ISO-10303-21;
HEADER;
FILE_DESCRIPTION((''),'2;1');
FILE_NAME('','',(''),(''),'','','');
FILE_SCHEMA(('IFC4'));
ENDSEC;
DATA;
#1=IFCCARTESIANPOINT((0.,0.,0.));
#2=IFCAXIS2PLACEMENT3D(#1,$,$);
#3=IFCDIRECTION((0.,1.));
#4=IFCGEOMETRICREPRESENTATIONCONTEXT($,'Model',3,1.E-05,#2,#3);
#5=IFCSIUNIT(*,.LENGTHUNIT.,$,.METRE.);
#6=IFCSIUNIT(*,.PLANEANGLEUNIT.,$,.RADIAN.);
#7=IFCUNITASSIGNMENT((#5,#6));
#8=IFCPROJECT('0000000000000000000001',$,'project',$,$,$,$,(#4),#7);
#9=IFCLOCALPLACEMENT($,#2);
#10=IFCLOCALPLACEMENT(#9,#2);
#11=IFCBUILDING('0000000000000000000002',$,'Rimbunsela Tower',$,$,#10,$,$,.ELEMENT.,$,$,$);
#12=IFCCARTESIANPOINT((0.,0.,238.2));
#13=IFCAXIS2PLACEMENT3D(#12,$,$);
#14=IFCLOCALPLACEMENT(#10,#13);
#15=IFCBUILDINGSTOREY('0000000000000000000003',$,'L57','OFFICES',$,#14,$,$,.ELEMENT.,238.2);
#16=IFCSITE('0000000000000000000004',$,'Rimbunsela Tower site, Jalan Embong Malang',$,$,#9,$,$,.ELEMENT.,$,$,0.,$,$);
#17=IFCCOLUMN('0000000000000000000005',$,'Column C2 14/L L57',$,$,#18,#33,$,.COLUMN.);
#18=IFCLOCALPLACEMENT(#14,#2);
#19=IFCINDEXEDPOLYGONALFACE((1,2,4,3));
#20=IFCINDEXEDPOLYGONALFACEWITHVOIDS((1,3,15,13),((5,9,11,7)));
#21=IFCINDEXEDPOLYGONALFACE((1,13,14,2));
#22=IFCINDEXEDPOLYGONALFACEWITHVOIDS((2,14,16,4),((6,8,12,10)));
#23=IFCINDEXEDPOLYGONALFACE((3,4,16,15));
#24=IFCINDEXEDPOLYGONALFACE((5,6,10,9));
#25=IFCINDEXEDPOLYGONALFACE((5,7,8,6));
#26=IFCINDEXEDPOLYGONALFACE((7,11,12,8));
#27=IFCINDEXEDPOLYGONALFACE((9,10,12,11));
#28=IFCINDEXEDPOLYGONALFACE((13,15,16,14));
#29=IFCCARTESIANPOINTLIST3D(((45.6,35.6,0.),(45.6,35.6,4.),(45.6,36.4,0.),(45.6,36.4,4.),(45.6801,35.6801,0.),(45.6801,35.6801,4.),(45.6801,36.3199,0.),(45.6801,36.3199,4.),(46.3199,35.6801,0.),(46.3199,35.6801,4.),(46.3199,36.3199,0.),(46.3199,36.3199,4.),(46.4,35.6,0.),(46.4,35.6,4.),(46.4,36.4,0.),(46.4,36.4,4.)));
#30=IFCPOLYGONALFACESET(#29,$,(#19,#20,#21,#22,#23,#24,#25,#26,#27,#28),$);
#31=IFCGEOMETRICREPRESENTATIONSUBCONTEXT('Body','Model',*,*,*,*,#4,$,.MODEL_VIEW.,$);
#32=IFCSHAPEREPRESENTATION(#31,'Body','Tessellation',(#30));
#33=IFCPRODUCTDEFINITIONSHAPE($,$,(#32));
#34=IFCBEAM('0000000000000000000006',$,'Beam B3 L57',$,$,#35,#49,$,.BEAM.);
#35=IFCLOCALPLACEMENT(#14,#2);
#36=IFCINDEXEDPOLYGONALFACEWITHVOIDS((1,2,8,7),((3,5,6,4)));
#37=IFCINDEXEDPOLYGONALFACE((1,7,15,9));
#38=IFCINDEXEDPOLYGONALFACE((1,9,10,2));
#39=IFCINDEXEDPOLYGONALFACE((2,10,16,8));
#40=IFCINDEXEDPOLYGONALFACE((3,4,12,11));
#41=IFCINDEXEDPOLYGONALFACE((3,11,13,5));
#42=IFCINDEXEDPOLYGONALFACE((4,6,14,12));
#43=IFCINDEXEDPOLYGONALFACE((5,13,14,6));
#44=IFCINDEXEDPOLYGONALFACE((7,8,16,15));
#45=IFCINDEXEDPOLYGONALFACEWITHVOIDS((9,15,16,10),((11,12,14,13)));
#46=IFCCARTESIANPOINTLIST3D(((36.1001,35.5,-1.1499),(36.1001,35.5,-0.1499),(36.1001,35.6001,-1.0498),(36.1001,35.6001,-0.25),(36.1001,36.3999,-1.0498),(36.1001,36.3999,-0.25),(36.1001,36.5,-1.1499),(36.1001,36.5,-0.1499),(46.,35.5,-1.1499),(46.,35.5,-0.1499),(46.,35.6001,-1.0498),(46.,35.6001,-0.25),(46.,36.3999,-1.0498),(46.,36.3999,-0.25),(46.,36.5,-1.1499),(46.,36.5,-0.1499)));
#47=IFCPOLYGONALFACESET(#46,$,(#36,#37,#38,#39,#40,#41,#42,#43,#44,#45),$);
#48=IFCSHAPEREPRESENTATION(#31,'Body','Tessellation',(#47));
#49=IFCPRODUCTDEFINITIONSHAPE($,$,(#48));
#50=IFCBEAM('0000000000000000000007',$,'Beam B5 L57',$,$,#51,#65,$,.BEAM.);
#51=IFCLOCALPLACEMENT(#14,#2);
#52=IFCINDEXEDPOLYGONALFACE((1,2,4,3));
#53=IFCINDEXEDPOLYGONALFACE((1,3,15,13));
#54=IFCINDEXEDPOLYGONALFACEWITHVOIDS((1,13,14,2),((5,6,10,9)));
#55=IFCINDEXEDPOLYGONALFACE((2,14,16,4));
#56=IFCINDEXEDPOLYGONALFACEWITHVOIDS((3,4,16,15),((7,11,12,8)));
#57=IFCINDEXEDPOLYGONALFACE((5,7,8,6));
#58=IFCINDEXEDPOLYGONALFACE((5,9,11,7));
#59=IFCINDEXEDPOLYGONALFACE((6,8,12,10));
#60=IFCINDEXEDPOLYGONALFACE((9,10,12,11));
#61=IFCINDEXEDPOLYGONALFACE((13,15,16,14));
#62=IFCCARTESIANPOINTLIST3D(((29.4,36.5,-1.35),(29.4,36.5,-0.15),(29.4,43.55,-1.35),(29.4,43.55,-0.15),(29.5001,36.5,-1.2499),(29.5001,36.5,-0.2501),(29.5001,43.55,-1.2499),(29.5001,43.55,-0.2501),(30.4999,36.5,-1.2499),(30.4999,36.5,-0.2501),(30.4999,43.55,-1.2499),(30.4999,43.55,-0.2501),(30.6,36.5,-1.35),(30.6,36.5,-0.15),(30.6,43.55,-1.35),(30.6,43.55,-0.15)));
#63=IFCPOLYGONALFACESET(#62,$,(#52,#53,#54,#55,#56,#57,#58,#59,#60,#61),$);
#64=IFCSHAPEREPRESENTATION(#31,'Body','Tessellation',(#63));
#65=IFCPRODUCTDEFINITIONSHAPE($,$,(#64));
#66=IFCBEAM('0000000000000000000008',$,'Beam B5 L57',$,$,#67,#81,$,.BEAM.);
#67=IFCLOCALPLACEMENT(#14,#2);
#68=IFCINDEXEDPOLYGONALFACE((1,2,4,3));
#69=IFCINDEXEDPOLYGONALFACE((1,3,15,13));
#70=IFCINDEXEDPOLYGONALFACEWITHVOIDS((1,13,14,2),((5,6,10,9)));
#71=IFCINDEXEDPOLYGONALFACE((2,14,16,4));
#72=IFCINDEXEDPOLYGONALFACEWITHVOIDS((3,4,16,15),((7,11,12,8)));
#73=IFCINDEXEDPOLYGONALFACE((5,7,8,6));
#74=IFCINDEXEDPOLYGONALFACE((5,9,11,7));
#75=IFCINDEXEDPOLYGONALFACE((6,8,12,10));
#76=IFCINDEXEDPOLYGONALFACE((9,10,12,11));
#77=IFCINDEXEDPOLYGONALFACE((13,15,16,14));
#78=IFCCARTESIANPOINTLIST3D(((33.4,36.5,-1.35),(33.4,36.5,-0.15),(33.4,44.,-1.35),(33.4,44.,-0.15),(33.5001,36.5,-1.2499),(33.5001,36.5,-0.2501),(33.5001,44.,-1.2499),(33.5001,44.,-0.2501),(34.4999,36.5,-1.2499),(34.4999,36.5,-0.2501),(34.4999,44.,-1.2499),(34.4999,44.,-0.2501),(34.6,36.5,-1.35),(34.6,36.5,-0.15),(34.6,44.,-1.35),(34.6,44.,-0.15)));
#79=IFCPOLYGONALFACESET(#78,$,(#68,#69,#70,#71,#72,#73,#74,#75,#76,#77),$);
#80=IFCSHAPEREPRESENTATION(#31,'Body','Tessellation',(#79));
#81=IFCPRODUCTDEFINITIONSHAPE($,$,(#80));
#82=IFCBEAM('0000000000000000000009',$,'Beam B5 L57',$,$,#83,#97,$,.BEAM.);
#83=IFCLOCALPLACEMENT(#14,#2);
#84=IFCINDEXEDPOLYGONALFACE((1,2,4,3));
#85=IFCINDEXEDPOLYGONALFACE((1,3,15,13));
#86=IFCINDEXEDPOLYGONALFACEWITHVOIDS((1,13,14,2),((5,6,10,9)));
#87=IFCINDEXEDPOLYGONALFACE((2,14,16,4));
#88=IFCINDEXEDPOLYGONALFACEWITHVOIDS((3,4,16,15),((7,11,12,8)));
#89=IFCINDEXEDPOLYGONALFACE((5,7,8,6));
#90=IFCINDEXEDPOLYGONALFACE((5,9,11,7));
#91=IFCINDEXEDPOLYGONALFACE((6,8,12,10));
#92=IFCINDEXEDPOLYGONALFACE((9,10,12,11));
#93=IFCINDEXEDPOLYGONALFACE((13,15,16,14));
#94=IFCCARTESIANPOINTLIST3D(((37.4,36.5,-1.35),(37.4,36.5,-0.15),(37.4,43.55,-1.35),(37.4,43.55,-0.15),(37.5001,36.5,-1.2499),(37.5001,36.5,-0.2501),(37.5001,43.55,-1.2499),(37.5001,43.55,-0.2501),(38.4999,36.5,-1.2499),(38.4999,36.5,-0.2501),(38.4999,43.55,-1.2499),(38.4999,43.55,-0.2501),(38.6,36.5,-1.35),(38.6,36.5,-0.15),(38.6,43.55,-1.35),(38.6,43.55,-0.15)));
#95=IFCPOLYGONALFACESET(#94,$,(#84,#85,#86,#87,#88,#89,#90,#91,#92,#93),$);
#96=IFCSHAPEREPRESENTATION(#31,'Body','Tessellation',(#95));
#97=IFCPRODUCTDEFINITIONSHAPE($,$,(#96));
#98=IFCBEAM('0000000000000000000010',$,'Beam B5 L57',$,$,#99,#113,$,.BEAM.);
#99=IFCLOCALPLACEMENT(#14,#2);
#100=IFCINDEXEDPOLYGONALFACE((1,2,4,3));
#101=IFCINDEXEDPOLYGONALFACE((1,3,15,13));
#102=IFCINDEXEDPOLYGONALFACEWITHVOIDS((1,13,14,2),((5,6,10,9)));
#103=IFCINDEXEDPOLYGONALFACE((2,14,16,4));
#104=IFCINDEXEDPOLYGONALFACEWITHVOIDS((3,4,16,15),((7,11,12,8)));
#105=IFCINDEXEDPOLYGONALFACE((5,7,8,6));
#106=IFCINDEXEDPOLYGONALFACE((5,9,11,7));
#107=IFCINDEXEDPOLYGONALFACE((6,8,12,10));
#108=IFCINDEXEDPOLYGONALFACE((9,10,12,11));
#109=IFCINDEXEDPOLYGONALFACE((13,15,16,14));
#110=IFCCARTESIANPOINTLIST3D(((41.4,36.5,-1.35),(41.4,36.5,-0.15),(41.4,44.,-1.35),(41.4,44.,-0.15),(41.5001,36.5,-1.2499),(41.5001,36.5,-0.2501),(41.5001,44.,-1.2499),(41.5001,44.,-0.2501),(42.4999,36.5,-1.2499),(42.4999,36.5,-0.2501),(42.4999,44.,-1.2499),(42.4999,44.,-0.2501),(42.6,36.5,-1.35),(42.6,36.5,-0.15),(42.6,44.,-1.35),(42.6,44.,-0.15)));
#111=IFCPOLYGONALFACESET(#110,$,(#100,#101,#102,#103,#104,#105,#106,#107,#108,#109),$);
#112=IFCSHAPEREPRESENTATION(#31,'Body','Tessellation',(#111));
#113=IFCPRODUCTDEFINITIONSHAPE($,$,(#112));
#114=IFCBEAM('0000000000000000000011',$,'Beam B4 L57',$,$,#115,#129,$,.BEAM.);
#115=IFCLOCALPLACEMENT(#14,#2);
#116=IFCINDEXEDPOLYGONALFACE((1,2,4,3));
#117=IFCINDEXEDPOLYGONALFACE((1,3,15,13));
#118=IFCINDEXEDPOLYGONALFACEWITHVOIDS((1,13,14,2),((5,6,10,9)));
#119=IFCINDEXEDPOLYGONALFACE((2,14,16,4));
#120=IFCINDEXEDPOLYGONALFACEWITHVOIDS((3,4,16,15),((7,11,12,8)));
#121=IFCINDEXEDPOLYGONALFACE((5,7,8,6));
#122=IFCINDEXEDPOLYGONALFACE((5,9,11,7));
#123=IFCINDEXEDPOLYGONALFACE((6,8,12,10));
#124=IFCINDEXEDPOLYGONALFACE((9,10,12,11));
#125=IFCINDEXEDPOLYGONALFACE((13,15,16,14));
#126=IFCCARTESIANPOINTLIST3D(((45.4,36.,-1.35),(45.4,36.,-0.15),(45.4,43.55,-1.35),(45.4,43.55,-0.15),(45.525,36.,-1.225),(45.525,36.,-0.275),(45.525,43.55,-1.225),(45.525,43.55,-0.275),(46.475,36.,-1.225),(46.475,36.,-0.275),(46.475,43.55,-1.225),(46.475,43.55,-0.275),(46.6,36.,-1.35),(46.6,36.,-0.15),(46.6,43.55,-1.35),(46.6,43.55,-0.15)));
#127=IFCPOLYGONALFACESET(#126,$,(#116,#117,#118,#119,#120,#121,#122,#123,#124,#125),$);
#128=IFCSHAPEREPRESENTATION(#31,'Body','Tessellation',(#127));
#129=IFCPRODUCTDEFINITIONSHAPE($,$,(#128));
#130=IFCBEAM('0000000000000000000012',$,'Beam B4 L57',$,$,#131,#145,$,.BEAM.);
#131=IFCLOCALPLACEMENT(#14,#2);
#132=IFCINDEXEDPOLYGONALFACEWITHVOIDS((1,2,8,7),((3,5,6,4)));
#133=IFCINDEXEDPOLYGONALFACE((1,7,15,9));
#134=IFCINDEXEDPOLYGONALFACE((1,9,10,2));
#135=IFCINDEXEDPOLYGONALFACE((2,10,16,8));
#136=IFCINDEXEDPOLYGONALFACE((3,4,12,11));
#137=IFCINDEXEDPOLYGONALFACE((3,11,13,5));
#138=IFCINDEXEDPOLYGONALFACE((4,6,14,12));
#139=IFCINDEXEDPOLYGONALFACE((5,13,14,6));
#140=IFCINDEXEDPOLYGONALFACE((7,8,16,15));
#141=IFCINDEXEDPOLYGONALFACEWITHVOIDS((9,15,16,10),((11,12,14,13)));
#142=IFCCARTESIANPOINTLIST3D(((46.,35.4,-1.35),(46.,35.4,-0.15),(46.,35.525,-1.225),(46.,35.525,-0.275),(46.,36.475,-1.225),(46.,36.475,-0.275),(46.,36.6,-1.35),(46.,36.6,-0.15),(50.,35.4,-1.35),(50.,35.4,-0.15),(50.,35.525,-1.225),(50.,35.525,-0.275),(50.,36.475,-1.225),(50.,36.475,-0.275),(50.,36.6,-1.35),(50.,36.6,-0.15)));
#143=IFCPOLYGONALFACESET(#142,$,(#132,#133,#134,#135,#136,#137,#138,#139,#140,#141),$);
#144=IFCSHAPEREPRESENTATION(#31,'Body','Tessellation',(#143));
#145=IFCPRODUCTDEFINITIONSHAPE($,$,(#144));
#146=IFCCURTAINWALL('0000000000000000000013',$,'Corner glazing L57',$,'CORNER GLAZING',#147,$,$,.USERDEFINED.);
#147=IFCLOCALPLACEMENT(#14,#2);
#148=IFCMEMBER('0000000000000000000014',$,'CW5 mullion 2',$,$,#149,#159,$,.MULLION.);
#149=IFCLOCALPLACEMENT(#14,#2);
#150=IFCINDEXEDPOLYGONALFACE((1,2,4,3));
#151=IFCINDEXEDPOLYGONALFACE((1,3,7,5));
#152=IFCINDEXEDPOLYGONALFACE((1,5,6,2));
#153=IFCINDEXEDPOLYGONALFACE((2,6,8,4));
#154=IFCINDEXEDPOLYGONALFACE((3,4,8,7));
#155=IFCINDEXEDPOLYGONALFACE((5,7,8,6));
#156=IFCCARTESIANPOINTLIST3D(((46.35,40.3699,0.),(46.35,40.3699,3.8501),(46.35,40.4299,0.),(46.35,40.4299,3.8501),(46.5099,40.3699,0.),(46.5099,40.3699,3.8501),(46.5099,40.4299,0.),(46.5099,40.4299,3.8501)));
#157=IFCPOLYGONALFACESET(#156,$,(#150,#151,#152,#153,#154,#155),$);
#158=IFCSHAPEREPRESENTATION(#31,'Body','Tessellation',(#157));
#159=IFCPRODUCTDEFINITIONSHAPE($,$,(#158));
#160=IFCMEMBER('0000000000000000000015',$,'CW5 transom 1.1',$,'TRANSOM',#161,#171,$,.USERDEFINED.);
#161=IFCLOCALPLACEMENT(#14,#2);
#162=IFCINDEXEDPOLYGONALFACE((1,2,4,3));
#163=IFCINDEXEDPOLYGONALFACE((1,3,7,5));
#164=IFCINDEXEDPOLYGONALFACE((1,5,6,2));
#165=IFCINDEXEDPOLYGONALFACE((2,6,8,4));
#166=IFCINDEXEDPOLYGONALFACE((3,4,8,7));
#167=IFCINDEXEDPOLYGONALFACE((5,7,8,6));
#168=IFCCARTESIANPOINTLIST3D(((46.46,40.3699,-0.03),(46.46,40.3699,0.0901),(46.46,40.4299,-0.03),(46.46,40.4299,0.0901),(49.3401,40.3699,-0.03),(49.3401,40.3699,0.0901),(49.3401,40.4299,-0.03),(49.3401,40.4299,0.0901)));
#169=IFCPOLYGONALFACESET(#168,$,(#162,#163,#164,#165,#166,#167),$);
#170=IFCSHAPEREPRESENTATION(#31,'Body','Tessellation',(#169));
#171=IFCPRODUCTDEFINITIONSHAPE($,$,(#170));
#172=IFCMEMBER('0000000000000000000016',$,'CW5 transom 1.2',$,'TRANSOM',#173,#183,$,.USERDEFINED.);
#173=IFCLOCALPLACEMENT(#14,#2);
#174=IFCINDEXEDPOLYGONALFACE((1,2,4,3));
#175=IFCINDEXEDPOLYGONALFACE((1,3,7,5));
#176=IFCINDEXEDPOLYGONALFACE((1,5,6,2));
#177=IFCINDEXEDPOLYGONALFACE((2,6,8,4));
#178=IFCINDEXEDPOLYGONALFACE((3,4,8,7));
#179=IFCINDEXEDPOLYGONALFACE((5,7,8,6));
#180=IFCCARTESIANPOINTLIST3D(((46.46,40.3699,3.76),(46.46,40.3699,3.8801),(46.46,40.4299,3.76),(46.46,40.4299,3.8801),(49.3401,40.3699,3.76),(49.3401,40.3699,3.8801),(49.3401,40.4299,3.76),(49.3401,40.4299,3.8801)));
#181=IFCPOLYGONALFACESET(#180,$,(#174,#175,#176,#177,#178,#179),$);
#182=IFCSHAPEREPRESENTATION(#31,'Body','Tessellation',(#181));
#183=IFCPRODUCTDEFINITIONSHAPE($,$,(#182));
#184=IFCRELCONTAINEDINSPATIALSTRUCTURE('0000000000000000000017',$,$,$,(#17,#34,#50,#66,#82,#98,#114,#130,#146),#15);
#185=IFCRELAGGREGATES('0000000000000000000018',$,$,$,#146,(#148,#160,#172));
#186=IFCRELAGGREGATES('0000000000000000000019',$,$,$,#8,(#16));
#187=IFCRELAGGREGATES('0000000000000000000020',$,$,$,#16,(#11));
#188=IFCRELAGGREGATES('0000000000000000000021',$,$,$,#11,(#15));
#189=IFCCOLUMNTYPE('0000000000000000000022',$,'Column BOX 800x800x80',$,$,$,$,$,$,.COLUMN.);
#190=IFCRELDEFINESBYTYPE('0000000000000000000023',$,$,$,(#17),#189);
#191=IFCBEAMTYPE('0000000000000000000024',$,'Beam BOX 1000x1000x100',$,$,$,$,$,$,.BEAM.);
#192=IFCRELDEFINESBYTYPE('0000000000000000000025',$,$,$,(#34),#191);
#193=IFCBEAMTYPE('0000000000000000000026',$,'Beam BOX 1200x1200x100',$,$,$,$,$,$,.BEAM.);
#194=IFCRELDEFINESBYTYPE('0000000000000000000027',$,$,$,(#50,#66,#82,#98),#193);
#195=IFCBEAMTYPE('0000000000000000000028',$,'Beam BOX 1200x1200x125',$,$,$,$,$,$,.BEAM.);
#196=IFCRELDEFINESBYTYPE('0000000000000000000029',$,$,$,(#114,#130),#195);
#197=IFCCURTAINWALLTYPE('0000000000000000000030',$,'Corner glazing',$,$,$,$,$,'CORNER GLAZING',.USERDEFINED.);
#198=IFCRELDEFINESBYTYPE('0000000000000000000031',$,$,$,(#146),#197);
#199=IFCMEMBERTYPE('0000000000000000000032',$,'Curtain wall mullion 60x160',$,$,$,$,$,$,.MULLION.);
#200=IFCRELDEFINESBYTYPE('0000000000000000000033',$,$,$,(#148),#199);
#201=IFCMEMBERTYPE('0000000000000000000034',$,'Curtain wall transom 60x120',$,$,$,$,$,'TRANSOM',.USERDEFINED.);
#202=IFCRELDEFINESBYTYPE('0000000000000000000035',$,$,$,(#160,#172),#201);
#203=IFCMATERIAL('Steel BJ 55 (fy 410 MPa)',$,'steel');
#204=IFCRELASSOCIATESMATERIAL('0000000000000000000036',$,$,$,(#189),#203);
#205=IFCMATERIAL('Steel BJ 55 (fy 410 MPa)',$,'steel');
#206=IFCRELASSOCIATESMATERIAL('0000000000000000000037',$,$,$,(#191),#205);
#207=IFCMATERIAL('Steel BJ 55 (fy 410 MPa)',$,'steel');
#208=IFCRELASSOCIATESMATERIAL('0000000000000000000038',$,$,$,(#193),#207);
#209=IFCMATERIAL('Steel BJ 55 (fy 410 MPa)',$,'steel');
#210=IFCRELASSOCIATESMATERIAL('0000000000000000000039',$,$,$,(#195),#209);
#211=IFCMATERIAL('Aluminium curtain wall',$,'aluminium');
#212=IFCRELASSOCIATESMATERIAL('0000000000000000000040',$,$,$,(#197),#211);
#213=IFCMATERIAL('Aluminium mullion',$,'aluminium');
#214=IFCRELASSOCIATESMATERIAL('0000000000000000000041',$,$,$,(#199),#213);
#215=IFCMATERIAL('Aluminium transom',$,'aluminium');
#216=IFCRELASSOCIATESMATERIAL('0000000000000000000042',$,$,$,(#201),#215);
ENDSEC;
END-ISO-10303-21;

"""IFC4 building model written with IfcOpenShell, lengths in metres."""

from ifc_helpers import new_model, si_unit, direction, frame, origin, origin_2d, place, context, subcontext, project, spatial, rectangle, hollow_rectangle, extrude, material, material_profile, profile_set, type_object, element, aggregate, save


model = new_model("IFC4")

# Units and contexts
model_context = context("Model", 3, precision=1e-05, world=origin(), true_north=direction((0.0, 1.0)))
body_context = subcontext(model_context, "Body", "Model", "MODEL_VIEW")
ifc_project = project(units=[si_unit("LENGTHUNIT", "METRE"), si_unit("PLANEANGLEUNIT", "RADIAN")], contexts=[model_context])

# Site, building, storey
site_placement = place(None, origin())
site = spatial("IfcSite", under=ifc_project, at=site_placement, Name="Rimbunsela Tower site, Jalan Embong Malang", CompositionType="ELEMENT", RefElevation=0.0)
building_placement = place(site_placement, origin())
building = spatial("IfcBuilding", under=site, at=building_placement, Name="Rimbunsela Tower", CompositionType="ELEMENT")
storey_placement = place(building_placement, frame((0.0, 0.0, 238.2)))
storey = spatial("IfcBuildingStorey", under=building, at=storey_placement, Name="L57", Description="OFFICES", CompositionType="ELEMENT", Elevation=238.2)

# Column
ifc_material_1 = material(Name="Steel BJ 55 (fy 410 MPa)", Category="steel")
ifc_material_profile_1 = material_profile(ifc_material_1, hollow_rectangle(XDim=0.8, YDim=0.8, WallThickness=0.0801, at=origin_2d()), Name="BOX 800x800x80")
ifc_profile_set_1 = profile_set([ifc_material_profile_1], Name="Steel BJ 55 (fy 410 MPa)")
column_type = type_object("IfcColumnType", Name="Column BOX 800x800x80", PredefinedType="COLUMN", material=ifc_profile_set_1)
column_placement = place(storey_placement, frame((46.0, 36.0, 0.0), z_axis=(0.0, 0.0, 1.0), x_axis=(1.0, 0.0, 0.0)))
element("IfcColumn", 1, at=column_placement, inside=storey, type_object=column_type, Name="Column C2 14/L L57", PredefinedType="COLUMN", context=body_context, shape_type="SweptSolid", body=[
    extrude(hollow_rectangle(XDim=0.8, YDim=0.8, WallThickness=0.0801, at=origin_2d()), origin(), (0.0, 0.0, 1.0), 4.0),
])

# Beams
ifc_material_2 = material(Name="Steel BJ 55 (fy 410 MPa)", Category="steel")
ifc_material_profile_2 = material_profile(ifc_material_2, hollow_rectangle(XDim=1.0, YDim=1.0, WallThickness=0.1001, at=origin_2d()), Name="BOX 1000x1000x100")
ifc_profile_set_2 = profile_set([ifc_material_profile_2], Name="Steel BJ 55 (fy 410 MPa)")
beam_type_1 = type_object("IfcBeamType", Name="Beam BOX 1000x1000x100", PredefinedType="BEAM", material=ifc_profile_set_2)
beam_1_placement = place(storey_placement, frame((36.1001, 36.0, -0.6499), z_axis=(1.0, 0.0, 0.0), x_axis=(0.0, 1.0, 0.0)))
element("IfcBeam", 2, at=beam_1_placement, inside=storey, type_object=beam_type_1, Name="Beam B3 L57", PredefinedType="BEAM", context=body_context, shape_type="SweptSolid", body=[
    extrude(hollow_rectangle(XDim=1.0, YDim=1.0, WallThickness=0.1001, at=origin_2d()), origin(), (0.0, 0.0, 1.0), 9.8999),
])
ifc_material_3 = material(Name="Steel BJ 55 (fy 410 MPa)", Category="steel")
ifc_material_profile_3 = material_profile(ifc_material_3, hollow_rectangle(XDim=1.2, YDim=1.2, WallThickness=0.1001, at=origin_2d()), Name="BOX 1200x1200x100")
ifc_profile_set_3 = profile_set([ifc_material_profile_3], Name="Steel BJ 55 (fy 410 MPa)")
beam_type_2 = type_object("IfcBeamType", Name="Beam BOX 1200x1200x100", PredefinedType="BEAM", material=ifc_profile_set_3)
beam_2_placement = place(storey_placement, frame((30.0, 36.5, -0.75), z_axis=(0.0, 1.0, 0.0), x_axis=(-1.0, 0.0, 0.0)))
element("IfcBeam", 3, at=beam_2_placement, inside=storey, type_object=beam_type_2, Name="Beam B5 L57", PredefinedType="BEAM", context=body_context, shape_type="SweptSolid", body=[
    extrude(hollow_rectangle(XDim=1.2, YDim=1.2, WallThickness=0.1001, at=origin_2d()), origin(), (0.0, 0.0, 1.0), 7.05),
])
beam_3_placement = place(storey_placement, frame((34.0, 36.5, -0.75), z_axis=(0.0, 1.0, 0.0), x_axis=(-1.0, 0.0, 0.0)))
element("IfcBeam", 4, at=beam_3_placement, inside=storey, type_object=beam_type_2, Name="Beam B5 L57", PredefinedType="BEAM", context=body_context, shape_type="SweptSolid", body=[
    extrude(hollow_rectangle(XDim=1.2, YDim=1.2, WallThickness=0.1001, at=origin_2d()), origin(), (0.0, 0.0, 1.0), 7.5),
])
beam_4_placement = place(storey_placement, frame((38.0, 36.5, -0.75), z_axis=(0.0, 1.0, 0.0), x_axis=(-1.0, 0.0, 0.0)))
element("IfcBeam", 5, at=beam_4_placement, inside=storey, type_object=beam_type_2, Name="Beam B5 L57", PredefinedType="BEAM", context=body_context, shape_type="SweptSolid", body=[
    extrude(hollow_rectangle(XDim=1.2, YDim=1.2, WallThickness=0.1001, at=origin_2d()), origin(), (0.0, 0.0, 1.0), 7.05),
])
beam_5_placement = place(storey_placement, frame((42.0, 36.5, -0.75), z_axis=(0.0, 1.0, 0.0), x_axis=(-1.0, 0.0, 0.0)))
element("IfcBeam", 6, at=beam_5_placement, inside=storey, type_object=beam_type_2, Name="Beam B5 L57", PredefinedType="BEAM", context=body_context, shape_type="SweptSolid", body=[
    extrude(hollow_rectangle(XDim=1.2, YDim=1.2, WallThickness=0.1001, at=origin_2d()), origin(), (0.0, 0.0, 1.0), 7.5),
])
ifc_material_4 = material(Name="Steel BJ 55 (fy 410 MPa)", Category="steel")
ifc_material_profile_4 = material_profile(ifc_material_4, hollow_rectangle(XDim=1.2, YDim=1.2, WallThickness=0.125, at=origin_2d()), Name="BOX 1200x1200x125")
ifc_profile_set_4 = profile_set([ifc_material_profile_4], Name="Steel BJ 55 (fy 410 MPa)")
beam_type_3 = type_object("IfcBeamType", Name="Beam BOX 1200x1200x125", PredefinedType="BEAM", material=ifc_profile_set_4)
beam_6_placement = place(storey_placement, frame((46.0, 36.0, -0.75), z_axis=(0.0, 1.0, 0.0), x_axis=(-1.0, 0.0, 0.0)))
element("IfcBeam", 7, at=beam_6_placement, inside=storey, type_object=beam_type_3, Name="Beam B4 L57", PredefinedType="BEAM", context=body_context, shape_type="SweptSolid", body=[
    extrude(hollow_rectangle(XDim=1.2, YDim=1.2, WallThickness=0.125, at=origin_2d()), origin(), (0.0, 0.0, 1.0), 7.55),
])
beam_7_placement = place(storey_placement, frame((46.0, 36.0, -0.75), z_axis=(1.0, 0.0, 0.0), x_axis=(0.0, 1.0, 0.0)))
element("IfcBeam", 8, at=beam_7_placement, inside=storey, type_object=beam_type_3, Name="Beam B4 L57", PredefinedType="BEAM", context=body_context, shape_type="SweptSolid", body=[
    extrude(hollow_rectangle(XDim=1.2, YDim=1.2, WallThickness=0.125, at=origin_2d()), origin(), (0.0, 0.0, 1.0), 4.0),
])

# Curtain wall, members
ifc_material_5 = material(Name="Aluminium curtain wall", Category="aluminium")
curtain_wall_type = type_object("IfcCurtainWallType", Name="Corner glazing", ElementType="CORNER GLAZING", PredefinedType="USERDEFINED", material=ifc_material_5)
curtain_wall_placement = place(storey_placement, origin())
curtain_wall = element("IfcCurtainWall", 9, at=curtain_wall_placement, inside=storey, type_object=curtain_wall_type, Name="Corner glazing L57", ObjectType="CORNER GLAZING", PredefinedType="USERDEFINED")
ifc_material_6 = material(Name="Aluminium mullion", Category="aluminium")
ifc_material_profile_5 = material_profile(ifc_material_6, rectangle(XDim=0.0601, YDim=0.1599, at=origin_2d()), Name="Mullion 60x160")
ifc_profile_set_5 = profile_set([ifc_material_profile_5], Name="Aluminium mullion")
member_type_1 = type_object("IfcMemberType", Name="Curtain wall mullion 60x160", PredefinedType="MULLION", material=ifc_profile_set_5)
member_1_placement = place(storey_placement, frame((46.4299, 40.3999, 0.0), z_axis=(0.0, 0.0, 1.0), x_axis=(0.0, -1.0, 0.0)))
member_1 = element("IfcMember", 10, at=member_1_placement, type_object=member_type_1, Name="CW5 mullion 2", PredefinedType="MULLION", context=body_context, shape_type="SweptSolid", body=[
    extrude(rectangle(XDim=0.0601, YDim=0.1599, at=origin_2d()), origin(), (0.0, 0.0, 1.0), 3.8501),
])
ifc_material_7 = material(Name="Aluminium transom", Category="aluminium")
ifc_material_profile_6 = material_profile(ifc_material_7, rectangle(XDim=0.0601, YDim=0.1201, at=origin_2d()), Name="Transom 60x120")
ifc_profile_set_6 = profile_set([ifc_material_profile_6], Name="Aluminium transom")
member_type_2 = type_object("IfcMemberType", Name="Curtain wall transom 60x120", ElementType="TRANSOM", PredefinedType="USERDEFINED", material=ifc_profile_set_6)
member_2_placement = place(storey_placement, frame((49.3401, 40.3999, 0.03), z_axis=(-1.0, 0.0, 0.0), x_axis=(0.0, -1.0, 0.0)))
member_2 = element("IfcMember", 11, at=member_2_placement, type_object=member_type_2, Name="CW5 transom 1.1", ObjectType="TRANSOM", PredefinedType="USERDEFINED", context=body_context, shape_type="SweptSolid", body=[
    extrude(rectangle(XDim=0.0601, YDim=0.1201, at=origin_2d()), origin(), (0.0, 0.0, 1.0), 2.8801),
])
member_3_placement = place(storey_placement, frame((49.3401, 40.3999, 3.8201), z_axis=(-1.0, 0.0, 0.0), x_axis=(0.0, -1.0, 0.0)))
member_3 = element("IfcMember", 12, at=member_3_placement, type_object=member_type_2, Name="CW5 transom 1.2", ObjectType="TRANSOM", PredefinedType="USERDEFINED", context=body_context, shape_type="SweptSolid", body=[
    extrude(rectangle(XDim=0.0601, YDim=0.1201, at=origin_2d()), origin(), (0.0, 0.0, 1.0), 2.8801),
])
aggregate(curtain_wall, [member_1, member_2, member_3])

save(model, "model.ifc")
